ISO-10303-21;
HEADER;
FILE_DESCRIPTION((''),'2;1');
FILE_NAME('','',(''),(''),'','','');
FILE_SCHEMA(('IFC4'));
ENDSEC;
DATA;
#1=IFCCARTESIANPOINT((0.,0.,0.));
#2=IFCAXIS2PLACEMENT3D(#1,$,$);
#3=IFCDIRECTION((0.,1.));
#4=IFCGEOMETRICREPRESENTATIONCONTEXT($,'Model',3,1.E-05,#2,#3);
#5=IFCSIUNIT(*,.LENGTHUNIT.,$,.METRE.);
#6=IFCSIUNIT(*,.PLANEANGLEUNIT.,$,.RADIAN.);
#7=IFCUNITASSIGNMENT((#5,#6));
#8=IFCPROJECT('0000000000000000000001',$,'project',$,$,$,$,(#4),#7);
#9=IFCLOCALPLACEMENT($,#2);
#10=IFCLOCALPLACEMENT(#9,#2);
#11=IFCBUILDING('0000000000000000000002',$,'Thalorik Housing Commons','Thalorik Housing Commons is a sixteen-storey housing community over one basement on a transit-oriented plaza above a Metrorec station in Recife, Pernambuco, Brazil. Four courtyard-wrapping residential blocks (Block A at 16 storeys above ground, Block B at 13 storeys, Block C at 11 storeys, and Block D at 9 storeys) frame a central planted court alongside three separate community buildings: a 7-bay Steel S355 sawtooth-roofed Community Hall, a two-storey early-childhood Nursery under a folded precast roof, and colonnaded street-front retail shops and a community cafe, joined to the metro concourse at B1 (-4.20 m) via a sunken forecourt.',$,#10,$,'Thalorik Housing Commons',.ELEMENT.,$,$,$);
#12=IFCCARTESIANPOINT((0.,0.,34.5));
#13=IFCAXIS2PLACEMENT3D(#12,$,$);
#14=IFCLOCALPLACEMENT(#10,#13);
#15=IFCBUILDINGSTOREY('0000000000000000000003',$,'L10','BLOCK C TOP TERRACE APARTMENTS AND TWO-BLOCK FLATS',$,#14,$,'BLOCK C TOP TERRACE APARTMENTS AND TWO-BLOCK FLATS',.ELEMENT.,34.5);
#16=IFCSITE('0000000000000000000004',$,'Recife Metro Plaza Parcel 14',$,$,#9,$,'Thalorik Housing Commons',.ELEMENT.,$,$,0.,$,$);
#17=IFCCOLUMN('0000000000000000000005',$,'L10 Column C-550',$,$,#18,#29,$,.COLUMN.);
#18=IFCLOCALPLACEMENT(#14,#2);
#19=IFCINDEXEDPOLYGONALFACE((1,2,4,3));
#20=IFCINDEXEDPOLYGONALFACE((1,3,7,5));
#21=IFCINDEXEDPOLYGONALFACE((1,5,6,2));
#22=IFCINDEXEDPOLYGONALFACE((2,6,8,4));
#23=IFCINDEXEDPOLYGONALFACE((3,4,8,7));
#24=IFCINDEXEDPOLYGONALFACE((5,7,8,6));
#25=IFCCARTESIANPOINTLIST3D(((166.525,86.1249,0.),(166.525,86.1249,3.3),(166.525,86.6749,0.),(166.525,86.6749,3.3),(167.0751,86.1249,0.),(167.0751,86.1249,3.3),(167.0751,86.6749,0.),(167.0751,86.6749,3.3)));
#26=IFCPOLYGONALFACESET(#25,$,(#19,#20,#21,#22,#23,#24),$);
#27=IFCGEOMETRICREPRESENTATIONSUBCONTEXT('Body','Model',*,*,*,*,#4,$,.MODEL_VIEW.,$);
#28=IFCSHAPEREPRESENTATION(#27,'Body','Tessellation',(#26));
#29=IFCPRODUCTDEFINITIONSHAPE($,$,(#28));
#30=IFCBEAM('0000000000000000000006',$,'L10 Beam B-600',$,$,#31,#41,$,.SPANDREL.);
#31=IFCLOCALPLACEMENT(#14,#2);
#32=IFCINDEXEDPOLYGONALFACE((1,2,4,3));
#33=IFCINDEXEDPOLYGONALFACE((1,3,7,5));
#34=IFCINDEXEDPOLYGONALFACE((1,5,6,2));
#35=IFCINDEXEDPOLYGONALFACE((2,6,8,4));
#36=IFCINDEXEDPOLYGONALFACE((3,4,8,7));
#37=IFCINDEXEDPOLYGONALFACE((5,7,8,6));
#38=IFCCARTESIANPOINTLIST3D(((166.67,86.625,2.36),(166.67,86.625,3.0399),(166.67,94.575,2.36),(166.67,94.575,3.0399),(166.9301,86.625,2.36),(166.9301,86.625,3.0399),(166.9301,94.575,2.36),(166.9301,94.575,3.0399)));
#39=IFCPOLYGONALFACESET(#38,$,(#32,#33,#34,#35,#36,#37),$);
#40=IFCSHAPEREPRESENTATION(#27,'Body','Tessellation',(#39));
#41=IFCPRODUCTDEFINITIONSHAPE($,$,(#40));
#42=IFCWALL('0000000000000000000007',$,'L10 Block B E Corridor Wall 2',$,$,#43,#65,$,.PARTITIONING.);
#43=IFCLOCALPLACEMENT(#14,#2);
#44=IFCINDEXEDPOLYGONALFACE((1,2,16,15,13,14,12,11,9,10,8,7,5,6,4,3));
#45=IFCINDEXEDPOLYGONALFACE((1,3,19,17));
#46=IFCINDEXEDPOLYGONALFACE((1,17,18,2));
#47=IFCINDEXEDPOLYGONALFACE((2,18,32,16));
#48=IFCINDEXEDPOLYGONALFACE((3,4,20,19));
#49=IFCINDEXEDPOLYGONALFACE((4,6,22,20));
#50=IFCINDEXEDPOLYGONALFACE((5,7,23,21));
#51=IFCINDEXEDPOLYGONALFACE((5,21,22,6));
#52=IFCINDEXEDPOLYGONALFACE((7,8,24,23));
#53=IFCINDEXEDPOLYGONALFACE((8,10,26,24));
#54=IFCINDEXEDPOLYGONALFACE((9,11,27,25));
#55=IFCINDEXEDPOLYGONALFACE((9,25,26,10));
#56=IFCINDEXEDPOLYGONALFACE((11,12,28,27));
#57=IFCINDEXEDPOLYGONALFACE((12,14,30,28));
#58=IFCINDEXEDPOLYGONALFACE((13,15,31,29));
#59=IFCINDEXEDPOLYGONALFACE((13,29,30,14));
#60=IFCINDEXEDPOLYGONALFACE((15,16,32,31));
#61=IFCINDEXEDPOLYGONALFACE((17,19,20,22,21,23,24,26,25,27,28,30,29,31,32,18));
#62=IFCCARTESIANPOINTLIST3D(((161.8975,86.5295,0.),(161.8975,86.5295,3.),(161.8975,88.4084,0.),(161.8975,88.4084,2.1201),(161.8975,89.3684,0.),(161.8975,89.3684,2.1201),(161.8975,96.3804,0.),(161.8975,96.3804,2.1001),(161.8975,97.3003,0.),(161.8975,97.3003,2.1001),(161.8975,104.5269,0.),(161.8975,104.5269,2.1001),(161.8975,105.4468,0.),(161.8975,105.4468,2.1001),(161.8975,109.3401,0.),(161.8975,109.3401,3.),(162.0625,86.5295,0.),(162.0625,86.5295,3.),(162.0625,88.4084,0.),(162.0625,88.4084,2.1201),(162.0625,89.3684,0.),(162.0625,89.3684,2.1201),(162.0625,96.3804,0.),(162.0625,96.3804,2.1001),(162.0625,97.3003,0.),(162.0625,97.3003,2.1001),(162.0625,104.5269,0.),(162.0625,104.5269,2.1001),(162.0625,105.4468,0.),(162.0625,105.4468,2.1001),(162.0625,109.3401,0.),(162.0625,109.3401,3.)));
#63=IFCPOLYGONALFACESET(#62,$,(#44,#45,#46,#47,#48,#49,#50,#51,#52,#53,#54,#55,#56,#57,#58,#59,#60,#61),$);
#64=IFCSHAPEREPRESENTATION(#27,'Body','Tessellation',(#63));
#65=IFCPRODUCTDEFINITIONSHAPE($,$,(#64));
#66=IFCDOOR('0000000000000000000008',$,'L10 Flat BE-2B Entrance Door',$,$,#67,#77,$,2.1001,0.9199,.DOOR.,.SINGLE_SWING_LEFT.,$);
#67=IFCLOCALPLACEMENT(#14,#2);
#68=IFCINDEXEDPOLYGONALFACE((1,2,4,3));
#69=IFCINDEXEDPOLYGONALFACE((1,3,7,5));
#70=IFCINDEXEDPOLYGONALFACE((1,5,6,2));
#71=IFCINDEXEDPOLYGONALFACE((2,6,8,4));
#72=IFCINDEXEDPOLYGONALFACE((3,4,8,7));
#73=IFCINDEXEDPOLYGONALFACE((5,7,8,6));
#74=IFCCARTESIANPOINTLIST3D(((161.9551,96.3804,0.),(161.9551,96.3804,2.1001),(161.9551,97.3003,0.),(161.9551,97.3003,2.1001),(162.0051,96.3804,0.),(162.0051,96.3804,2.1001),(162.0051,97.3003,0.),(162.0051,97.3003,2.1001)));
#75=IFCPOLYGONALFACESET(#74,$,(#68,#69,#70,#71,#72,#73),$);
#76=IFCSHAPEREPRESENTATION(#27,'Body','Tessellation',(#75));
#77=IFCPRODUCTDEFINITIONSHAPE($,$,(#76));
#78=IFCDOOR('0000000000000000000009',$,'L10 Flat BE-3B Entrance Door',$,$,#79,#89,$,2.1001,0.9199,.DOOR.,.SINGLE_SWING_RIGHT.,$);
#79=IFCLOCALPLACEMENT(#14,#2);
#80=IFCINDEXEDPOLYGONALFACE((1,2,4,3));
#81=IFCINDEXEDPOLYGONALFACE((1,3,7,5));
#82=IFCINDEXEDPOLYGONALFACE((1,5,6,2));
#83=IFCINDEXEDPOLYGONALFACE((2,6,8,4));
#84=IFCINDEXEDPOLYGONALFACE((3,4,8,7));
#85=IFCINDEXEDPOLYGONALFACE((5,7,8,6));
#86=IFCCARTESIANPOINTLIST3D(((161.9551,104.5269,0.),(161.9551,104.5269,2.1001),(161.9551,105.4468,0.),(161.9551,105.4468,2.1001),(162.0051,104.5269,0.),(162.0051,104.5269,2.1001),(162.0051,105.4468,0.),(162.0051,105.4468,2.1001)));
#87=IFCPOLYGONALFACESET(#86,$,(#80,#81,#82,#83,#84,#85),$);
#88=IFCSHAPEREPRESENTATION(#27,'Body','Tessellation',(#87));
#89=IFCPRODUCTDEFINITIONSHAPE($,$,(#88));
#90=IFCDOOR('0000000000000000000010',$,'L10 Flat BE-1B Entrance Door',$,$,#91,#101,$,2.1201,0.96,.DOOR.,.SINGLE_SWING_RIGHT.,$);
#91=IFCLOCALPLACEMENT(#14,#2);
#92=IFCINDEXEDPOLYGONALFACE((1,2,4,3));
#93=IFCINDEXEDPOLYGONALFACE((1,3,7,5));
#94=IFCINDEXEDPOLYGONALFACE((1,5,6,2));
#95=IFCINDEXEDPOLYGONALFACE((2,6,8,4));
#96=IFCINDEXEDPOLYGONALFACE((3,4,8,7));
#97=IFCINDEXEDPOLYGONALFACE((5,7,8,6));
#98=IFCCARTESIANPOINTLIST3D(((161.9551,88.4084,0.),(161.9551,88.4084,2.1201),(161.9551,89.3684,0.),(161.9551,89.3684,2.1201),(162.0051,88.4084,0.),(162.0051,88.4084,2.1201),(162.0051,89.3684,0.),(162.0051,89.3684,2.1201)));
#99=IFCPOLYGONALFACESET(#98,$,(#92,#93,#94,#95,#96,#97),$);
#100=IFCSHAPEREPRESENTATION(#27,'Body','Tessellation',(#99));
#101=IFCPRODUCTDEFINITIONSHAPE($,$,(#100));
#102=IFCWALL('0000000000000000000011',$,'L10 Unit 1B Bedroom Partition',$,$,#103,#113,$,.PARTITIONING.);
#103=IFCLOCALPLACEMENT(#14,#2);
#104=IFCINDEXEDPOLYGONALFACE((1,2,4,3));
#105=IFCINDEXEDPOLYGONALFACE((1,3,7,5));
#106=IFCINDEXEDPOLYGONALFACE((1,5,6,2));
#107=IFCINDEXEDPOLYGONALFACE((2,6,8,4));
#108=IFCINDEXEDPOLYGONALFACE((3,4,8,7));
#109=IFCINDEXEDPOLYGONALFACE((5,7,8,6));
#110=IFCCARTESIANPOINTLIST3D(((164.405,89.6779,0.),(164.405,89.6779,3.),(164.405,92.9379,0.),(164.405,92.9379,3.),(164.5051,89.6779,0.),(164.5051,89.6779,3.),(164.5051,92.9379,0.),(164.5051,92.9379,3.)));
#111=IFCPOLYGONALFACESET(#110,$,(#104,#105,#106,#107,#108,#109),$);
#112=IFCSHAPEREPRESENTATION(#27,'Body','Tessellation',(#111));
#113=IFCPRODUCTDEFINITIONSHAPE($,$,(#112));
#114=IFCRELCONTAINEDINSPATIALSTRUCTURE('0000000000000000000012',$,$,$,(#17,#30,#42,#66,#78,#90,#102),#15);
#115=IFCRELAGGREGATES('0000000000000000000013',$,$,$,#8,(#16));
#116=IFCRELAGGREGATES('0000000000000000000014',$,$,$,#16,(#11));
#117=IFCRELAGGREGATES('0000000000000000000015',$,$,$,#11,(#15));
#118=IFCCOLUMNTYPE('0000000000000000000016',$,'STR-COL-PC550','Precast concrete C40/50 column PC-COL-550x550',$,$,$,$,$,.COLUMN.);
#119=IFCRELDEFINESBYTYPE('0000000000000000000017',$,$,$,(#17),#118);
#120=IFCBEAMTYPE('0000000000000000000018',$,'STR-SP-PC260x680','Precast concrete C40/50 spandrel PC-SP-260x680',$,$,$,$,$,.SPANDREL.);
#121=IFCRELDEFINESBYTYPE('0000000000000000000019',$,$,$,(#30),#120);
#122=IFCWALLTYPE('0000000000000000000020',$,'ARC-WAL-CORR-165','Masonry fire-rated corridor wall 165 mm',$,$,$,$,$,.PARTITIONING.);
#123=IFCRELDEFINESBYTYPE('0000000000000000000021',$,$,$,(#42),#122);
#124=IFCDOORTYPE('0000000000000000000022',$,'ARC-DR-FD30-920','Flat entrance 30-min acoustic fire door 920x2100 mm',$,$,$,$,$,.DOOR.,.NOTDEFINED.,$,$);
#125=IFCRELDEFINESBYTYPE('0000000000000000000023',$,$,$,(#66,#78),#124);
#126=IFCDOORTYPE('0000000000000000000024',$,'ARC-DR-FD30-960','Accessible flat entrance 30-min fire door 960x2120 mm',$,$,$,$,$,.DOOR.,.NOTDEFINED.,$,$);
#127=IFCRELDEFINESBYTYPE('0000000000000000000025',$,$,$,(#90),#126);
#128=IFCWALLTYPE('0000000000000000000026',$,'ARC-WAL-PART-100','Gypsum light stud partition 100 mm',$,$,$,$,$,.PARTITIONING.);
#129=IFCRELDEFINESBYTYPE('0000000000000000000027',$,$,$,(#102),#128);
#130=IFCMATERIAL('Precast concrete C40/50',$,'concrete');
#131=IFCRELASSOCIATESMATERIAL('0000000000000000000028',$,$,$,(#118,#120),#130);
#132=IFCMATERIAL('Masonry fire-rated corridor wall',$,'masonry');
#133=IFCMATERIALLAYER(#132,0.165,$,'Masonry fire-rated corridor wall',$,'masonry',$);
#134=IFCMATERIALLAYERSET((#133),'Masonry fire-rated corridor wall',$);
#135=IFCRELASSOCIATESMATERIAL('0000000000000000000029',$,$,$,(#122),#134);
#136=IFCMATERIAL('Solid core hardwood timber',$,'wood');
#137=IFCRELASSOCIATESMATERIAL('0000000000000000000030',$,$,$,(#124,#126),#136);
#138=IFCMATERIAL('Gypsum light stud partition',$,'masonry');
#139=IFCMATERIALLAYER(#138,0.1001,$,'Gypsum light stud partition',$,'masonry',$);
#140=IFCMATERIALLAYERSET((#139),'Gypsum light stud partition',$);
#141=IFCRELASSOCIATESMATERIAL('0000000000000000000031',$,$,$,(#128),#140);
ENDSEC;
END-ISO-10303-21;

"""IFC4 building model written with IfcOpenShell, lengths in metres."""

from ifc_helpers import new_model, si_unit, direction, frame, frame_2d, origin, origin_2d, place, context, subcontext, project, spatial, rectangle, extrude, material, layer, layer_set, material_profile, profile_set, type_object, element, fill, save


model = new_model("IFC4")

# Units and contexts
model_context = context("Model", 3, precision=1e-05, world=origin(), true_north=direction((0.0, 1.0)))
body_context = subcontext(model_context, "Body", "Model", "MODEL_VIEW")
ifc_project = project(units=[si_unit("LENGTHUNIT", "METRE"), si_unit("PLANEANGLEUNIT", "RADIAN")], contexts=[model_context])

# Site, building, storey
site_placement = place(None, origin())
site = spatial("IfcSite", under=ifc_project, at=site_placement, Name="Recife Metro Plaza Parcel 14", LongName="Thalorik Housing Commons", CompositionType="ELEMENT", RefElevation=0.0)
building_placement = place(site_placement, origin())
building = spatial("IfcBuilding", under=site, at=building_placement, Name="Thalorik Housing Commons", Description="Thalorik Housing Commons is a sixteen-storey housing community over one basement on a transit-oriented plaza above a Metrorec station in Recife, Pernambuco, Brazil. Four courtyard-wrapping residential blocks (Block A at 16 storeys above ground, Block B at 13 storeys, Block C at 11 storeys, and Block D at 9 storeys) frame a central planted court alongside three separate community buildings: a 7-bay Steel S355 sawtooth-roofed Community Hall, a two-storey early-childhood Nursery under a folded precast roof, and colonnaded street-front retail shops and a community cafe, joined to the metro concourse at B1 (-4.20 m) via a sunken forecourt.", LongName="Thalorik Housing Commons", CompositionType="ELEMENT")
storey_placement = place(building_placement, frame((0.0, 0.0, 34.5)))
storey = spatial("IfcBuildingStorey", under=building, at=storey_placement, Name="L10", Description="BLOCK C TOP TERRACE APARTMENTS AND TWO-BLOCK FLATS", LongName="BLOCK C TOP TERRACE APARTMENTS AND TWO-BLOCK FLATS", CompositionType="ELEMENT", Elevation=34.5)

# Column
ifc_material_1 = material(Name="Precast concrete C40/50", Category="concrete")
ifc_material_profile_1 = material_profile(ifc_material_1, rectangle(XDim=0.55, YDim=0.55, at=origin_2d()), Name="PC 550x550", Category="concrete")
ifc_profile_set_1 = profile_set([ifc_material_profile_1], Name="Precast concrete C40/50")
column_type = type_object("IfcColumnType", Name="STR-COL-PC550", Description="Precast concrete C40/50 column PC-COL-550x550", PredefinedType="COLUMN", material=ifc_profile_set_1)
column_placement = place(storey_placement, frame((166.8, 86.3999, 0.0), z_axis=(0.0, 0.0, 1.0), x_axis=(1.0, 0.0, 0.0)))
element("IfcColumn", 1, at=column_placement, inside=storey, type_object=column_type, Name="L10 Column C-550", PredefinedType="COLUMN", context=body_context, shape_type="SweptSolid", body=[
    extrude(rectangle(XDim=0.55, YDim=0.55, at=origin_2d()), origin(), (0.0, 0.0, 1.0), 3.3),
])

# Beam
ifc_material_profile_2 = material_profile(ifc_material_1, rectangle(XDim=0.26, YDim=0.6799, at=origin_2d()), Name="PC SP 260x680", Category="concrete")
ifc_profile_set_2 = profile_set([ifc_material_profile_2], Name="Precast concrete C40/50")
beam_type = type_object("IfcBeamType", Name="STR-SP-PC260x680", Description="Precast concrete C40/50 spandrel PC-SP-260x680", PredefinedType="SPANDREL", material=ifc_profile_set_2)
beam_placement = place(storey_placement, frame((166.8, 86.625, 2.7), z_axis=(0.0, 1.0, 0.0), x_axis=(-1.0, 0.0, 0.0)))
element("IfcBeam", 2, at=beam_placement, inside=storey, type_object=beam_type, Name="L10 Beam B-600", PredefinedType="SPANDREL", context=body_context, shape_type="SweptSolid", body=[
    extrude(rectangle(XDim=0.26, YDim=0.6799, at=origin_2d()), origin(), (0.0, 0.0, 1.0), 7.95),
])

# Wall, openings, doors
ifc_material_2 = material(Name="Masonry fire-rated corridor wall", Category="masonry")
ifc_layer_1 = layer(ifc_material_2, 0.165, Name="Masonry fire-rated corridor wall", Category="masonry")
ifc_layer_set_1 = layer_set([ifc_layer_1], Name="Masonry fire-rated corridor wall")
wall_type_1 = type_object("IfcWallType", Name="ARC-WAL-CORR-165", Description="Masonry fire-rated corridor wall 165 mm", PredefinedType="PARTITIONING", material=ifc_layer_set_1)
wall_1_placement = place(storey_placement, frame((161.98, 86.5295, 0.0), z_axis=(0.0, 0.0, 1.0), x_axis=(0.0, 1.0, 0.0)))
wall_1 = element("IfcWall", 3, at=wall_1_placement, inside=storey, type_object=wall_type_1, Name="L10 Block B E Corridor Wall 2", PredefinedType="PARTITIONING", context=body_context, shape_type="SweptSolid", body=[
    extrude(rectangle(XDim=22.8105, YDim=0.165, at=frame_2d((11.4053, 0.0))), origin(), (0.0, 0.0, 1.0), 3.0),
])
opening_1_placement = place(wall_1_placement, frame((1.8789, 0.0, 0.0)))
opening_1 = element("IfcOpeningElement", 4, at=opening_1_placement, cuts=wall_1, PredefinedType="OPENING", context=body_context, shape_type="SweptSolid", body=[
    extrude(rectangle(XDim=0.96, YDim=2.1201, at=frame_2d((0.48, 1.0601))), frame((0.0, 0.0925, 0.0), z_axis=(0.0, -1.0, 0.0), x_axis=(1.0, 0.0, 0.0)), (0.0, 0.0, 1.0), 0.1851),
])
opening_2_placement = place(wall_1_placement, frame((9.8508, 0.0, 0.0)))
opening_2 = element("IfcOpeningElement", 5, at=opening_2_placement, cuts=wall_1, PredefinedType="OPENING", context=body_context, shape_type="SweptSolid", body=[
    extrude(rectangle(XDim=0.9199, YDim=2.1001, at=frame_2d((0.46, 1.05))), frame((0.0, 0.0925, 0.0), z_axis=(0.0, -1.0, 0.0), x_axis=(1.0, 0.0, 0.0)), (0.0, 0.0, 1.0), 0.1851),
])
opening_3_placement = place(wall_1_placement, frame((17.9973, 0.0, 0.0)))
opening_3 = element("IfcOpeningElement", 6, at=opening_3_placement, cuts=wall_1, PredefinedType="OPENING", context=body_context, shape_type="SweptSolid", body=[
    extrude(rectangle(XDim=0.9199, YDim=2.1001, at=frame_2d((0.46, 1.05))), frame((0.0, 0.0925, 0.0), z_axis=(0.0, -1.0, 0.0), x_axis=(1.0, 0.0, 0.0)), (0.0, 0.0, 1.0), 0.1851),
])
ifc_material_3 = material(Name="Solid core hardwood timber", Category="wood")
door_type_1 = type_object("IfcDoorType", Name="ARC-DR-FD30-920", Description="Flat entrance 30-min acoustic fire door 920x2100 mm", OperationType="NOTDEFINED", PredefinedType="DOOR", material=ifc_material_3)
door_1_placement = place(opening_2_placement, origin())
door_1 = element("IfcDoor", 7, at=door_1_placement, inside=storey, type_object=door_type_1, Name="L10 Flat BE-2B Entrance Door", OperationType="SINGLE_SWING_LEFT", OverallHeight=2.1001, OverallWidth=0.9199, PredefinedType="DOOR", context=body_context, shape_type="SweptSolid", body=[
    extrude(rectangle(XDim=0.9199, YDim=2.1001, at=frame_2d((0.46, 1.05))), frame((0.0, 0.0249, 0.0), z_axis=(0.0, -1.0, 0.0), x_axis=(1.0, 0.0, 0.0)), (0.0, 0.0, 1.0), 0.05),
])
fill(opening_2, door_1)
door_2_placement = place(opening_3_placement, origin())
door_2 = element("IfcDoor", 8, at=door_2_placement, inside=storey, type_object=door_type_1, Name="L10 Flat BE-3B Entrance Door", OperationType="SINGLE_SWING_RIGHT", OverallHeight=2.1001, OverallWidth=0.9199, PredefinedType="DOOR", context=body_context, shape_type="SweptSolid", body=[
    extrude(rectangle(XDim=0.9199, YDim=2.1001, at=frame_2d((0.46, 1.05))), frame((0.0, 0.0249, 0.0), z_axis=(0.0, -1.0, 0.0), x_axis=(1.0, 0.0, 0.0)), (0.0, 0.0, 1.0), 0.05),
])
fill(opening_3, door_2)
door_type_2 = type_object("IfcDoorType", Name="ARC-DR-FD30-960", Description="Accessible flat entrance 30-min fire door 960x2120 mm", OperationType="NOTDEFINED", PredefinedType="DOOR", material=ifc_material_3)
door_3_placement = place(opening_1_placement, origin())
door_3 = element("IfcDoor", 9, at=door_3_placement, inside=storey, type_object=door_type_2, Name="L10 Flat BE-1B Entrance Door", OperationType="SINGLE_SWING_RIGHT", OverallHeight=2.1201, OverallWidth=0.96, PredefinedType="DOOR", context=body_context, shape_type="SweptSolid", body=[
    extrude(rectangle(XDim=0.96, YDim=2.1201, at=frame_2d((0.48, 1.0601))), frame((0.0, 0.0249, 0.0), z_axis=(0.0, -1.0, 0.0), x_axis=(1.0, 0.0, 0.0)), (0.0, 0.0, 1.0), 0.05),
])
fill(opening_1, door_3)

# Wall
ifc_material_4 = material(Name="Gypsum light stud partition", Category="masonry")
ifc_layer_2 = layer(ifc_material_4, 0.1001, Name="Gypsum light stud partition", Category="masonry")
ifc_layer_set_2 = layer_set([ifc_layer_2], Name="Gypsum light stud partition")
wall_type_2 = type_object("IfcWallType", Name="ARC-WAL-PART-100", Description="Gypsum light stud partition 100 mm", PredefinedType="PARTITIONING", material=ifc_layer_set_2)
wall_2_placement = place(storey_placement, frame((164.4551, 89.678, 0.0), z_axis=(0.0, 0.0, 1.0), x_axis=(0.0, 1.0, 0.0)))
element("IfcWall", 10, at=wall_2_placement, inside=storey, type_object=wall_type_2, Name="L10 Unit 1B Bedroom Partition", PredefinedType="PARTITIONING", context=body_context, shape_type="SweptSolid", body=[
    extrude(rectangle(XDim=3.26, YDim=0.1001, at=frame_2d((1.6299, 0.0))), origin(), (0.0, 0.0, 1.0), 3.0),
])

save(model, "model.ifc")
